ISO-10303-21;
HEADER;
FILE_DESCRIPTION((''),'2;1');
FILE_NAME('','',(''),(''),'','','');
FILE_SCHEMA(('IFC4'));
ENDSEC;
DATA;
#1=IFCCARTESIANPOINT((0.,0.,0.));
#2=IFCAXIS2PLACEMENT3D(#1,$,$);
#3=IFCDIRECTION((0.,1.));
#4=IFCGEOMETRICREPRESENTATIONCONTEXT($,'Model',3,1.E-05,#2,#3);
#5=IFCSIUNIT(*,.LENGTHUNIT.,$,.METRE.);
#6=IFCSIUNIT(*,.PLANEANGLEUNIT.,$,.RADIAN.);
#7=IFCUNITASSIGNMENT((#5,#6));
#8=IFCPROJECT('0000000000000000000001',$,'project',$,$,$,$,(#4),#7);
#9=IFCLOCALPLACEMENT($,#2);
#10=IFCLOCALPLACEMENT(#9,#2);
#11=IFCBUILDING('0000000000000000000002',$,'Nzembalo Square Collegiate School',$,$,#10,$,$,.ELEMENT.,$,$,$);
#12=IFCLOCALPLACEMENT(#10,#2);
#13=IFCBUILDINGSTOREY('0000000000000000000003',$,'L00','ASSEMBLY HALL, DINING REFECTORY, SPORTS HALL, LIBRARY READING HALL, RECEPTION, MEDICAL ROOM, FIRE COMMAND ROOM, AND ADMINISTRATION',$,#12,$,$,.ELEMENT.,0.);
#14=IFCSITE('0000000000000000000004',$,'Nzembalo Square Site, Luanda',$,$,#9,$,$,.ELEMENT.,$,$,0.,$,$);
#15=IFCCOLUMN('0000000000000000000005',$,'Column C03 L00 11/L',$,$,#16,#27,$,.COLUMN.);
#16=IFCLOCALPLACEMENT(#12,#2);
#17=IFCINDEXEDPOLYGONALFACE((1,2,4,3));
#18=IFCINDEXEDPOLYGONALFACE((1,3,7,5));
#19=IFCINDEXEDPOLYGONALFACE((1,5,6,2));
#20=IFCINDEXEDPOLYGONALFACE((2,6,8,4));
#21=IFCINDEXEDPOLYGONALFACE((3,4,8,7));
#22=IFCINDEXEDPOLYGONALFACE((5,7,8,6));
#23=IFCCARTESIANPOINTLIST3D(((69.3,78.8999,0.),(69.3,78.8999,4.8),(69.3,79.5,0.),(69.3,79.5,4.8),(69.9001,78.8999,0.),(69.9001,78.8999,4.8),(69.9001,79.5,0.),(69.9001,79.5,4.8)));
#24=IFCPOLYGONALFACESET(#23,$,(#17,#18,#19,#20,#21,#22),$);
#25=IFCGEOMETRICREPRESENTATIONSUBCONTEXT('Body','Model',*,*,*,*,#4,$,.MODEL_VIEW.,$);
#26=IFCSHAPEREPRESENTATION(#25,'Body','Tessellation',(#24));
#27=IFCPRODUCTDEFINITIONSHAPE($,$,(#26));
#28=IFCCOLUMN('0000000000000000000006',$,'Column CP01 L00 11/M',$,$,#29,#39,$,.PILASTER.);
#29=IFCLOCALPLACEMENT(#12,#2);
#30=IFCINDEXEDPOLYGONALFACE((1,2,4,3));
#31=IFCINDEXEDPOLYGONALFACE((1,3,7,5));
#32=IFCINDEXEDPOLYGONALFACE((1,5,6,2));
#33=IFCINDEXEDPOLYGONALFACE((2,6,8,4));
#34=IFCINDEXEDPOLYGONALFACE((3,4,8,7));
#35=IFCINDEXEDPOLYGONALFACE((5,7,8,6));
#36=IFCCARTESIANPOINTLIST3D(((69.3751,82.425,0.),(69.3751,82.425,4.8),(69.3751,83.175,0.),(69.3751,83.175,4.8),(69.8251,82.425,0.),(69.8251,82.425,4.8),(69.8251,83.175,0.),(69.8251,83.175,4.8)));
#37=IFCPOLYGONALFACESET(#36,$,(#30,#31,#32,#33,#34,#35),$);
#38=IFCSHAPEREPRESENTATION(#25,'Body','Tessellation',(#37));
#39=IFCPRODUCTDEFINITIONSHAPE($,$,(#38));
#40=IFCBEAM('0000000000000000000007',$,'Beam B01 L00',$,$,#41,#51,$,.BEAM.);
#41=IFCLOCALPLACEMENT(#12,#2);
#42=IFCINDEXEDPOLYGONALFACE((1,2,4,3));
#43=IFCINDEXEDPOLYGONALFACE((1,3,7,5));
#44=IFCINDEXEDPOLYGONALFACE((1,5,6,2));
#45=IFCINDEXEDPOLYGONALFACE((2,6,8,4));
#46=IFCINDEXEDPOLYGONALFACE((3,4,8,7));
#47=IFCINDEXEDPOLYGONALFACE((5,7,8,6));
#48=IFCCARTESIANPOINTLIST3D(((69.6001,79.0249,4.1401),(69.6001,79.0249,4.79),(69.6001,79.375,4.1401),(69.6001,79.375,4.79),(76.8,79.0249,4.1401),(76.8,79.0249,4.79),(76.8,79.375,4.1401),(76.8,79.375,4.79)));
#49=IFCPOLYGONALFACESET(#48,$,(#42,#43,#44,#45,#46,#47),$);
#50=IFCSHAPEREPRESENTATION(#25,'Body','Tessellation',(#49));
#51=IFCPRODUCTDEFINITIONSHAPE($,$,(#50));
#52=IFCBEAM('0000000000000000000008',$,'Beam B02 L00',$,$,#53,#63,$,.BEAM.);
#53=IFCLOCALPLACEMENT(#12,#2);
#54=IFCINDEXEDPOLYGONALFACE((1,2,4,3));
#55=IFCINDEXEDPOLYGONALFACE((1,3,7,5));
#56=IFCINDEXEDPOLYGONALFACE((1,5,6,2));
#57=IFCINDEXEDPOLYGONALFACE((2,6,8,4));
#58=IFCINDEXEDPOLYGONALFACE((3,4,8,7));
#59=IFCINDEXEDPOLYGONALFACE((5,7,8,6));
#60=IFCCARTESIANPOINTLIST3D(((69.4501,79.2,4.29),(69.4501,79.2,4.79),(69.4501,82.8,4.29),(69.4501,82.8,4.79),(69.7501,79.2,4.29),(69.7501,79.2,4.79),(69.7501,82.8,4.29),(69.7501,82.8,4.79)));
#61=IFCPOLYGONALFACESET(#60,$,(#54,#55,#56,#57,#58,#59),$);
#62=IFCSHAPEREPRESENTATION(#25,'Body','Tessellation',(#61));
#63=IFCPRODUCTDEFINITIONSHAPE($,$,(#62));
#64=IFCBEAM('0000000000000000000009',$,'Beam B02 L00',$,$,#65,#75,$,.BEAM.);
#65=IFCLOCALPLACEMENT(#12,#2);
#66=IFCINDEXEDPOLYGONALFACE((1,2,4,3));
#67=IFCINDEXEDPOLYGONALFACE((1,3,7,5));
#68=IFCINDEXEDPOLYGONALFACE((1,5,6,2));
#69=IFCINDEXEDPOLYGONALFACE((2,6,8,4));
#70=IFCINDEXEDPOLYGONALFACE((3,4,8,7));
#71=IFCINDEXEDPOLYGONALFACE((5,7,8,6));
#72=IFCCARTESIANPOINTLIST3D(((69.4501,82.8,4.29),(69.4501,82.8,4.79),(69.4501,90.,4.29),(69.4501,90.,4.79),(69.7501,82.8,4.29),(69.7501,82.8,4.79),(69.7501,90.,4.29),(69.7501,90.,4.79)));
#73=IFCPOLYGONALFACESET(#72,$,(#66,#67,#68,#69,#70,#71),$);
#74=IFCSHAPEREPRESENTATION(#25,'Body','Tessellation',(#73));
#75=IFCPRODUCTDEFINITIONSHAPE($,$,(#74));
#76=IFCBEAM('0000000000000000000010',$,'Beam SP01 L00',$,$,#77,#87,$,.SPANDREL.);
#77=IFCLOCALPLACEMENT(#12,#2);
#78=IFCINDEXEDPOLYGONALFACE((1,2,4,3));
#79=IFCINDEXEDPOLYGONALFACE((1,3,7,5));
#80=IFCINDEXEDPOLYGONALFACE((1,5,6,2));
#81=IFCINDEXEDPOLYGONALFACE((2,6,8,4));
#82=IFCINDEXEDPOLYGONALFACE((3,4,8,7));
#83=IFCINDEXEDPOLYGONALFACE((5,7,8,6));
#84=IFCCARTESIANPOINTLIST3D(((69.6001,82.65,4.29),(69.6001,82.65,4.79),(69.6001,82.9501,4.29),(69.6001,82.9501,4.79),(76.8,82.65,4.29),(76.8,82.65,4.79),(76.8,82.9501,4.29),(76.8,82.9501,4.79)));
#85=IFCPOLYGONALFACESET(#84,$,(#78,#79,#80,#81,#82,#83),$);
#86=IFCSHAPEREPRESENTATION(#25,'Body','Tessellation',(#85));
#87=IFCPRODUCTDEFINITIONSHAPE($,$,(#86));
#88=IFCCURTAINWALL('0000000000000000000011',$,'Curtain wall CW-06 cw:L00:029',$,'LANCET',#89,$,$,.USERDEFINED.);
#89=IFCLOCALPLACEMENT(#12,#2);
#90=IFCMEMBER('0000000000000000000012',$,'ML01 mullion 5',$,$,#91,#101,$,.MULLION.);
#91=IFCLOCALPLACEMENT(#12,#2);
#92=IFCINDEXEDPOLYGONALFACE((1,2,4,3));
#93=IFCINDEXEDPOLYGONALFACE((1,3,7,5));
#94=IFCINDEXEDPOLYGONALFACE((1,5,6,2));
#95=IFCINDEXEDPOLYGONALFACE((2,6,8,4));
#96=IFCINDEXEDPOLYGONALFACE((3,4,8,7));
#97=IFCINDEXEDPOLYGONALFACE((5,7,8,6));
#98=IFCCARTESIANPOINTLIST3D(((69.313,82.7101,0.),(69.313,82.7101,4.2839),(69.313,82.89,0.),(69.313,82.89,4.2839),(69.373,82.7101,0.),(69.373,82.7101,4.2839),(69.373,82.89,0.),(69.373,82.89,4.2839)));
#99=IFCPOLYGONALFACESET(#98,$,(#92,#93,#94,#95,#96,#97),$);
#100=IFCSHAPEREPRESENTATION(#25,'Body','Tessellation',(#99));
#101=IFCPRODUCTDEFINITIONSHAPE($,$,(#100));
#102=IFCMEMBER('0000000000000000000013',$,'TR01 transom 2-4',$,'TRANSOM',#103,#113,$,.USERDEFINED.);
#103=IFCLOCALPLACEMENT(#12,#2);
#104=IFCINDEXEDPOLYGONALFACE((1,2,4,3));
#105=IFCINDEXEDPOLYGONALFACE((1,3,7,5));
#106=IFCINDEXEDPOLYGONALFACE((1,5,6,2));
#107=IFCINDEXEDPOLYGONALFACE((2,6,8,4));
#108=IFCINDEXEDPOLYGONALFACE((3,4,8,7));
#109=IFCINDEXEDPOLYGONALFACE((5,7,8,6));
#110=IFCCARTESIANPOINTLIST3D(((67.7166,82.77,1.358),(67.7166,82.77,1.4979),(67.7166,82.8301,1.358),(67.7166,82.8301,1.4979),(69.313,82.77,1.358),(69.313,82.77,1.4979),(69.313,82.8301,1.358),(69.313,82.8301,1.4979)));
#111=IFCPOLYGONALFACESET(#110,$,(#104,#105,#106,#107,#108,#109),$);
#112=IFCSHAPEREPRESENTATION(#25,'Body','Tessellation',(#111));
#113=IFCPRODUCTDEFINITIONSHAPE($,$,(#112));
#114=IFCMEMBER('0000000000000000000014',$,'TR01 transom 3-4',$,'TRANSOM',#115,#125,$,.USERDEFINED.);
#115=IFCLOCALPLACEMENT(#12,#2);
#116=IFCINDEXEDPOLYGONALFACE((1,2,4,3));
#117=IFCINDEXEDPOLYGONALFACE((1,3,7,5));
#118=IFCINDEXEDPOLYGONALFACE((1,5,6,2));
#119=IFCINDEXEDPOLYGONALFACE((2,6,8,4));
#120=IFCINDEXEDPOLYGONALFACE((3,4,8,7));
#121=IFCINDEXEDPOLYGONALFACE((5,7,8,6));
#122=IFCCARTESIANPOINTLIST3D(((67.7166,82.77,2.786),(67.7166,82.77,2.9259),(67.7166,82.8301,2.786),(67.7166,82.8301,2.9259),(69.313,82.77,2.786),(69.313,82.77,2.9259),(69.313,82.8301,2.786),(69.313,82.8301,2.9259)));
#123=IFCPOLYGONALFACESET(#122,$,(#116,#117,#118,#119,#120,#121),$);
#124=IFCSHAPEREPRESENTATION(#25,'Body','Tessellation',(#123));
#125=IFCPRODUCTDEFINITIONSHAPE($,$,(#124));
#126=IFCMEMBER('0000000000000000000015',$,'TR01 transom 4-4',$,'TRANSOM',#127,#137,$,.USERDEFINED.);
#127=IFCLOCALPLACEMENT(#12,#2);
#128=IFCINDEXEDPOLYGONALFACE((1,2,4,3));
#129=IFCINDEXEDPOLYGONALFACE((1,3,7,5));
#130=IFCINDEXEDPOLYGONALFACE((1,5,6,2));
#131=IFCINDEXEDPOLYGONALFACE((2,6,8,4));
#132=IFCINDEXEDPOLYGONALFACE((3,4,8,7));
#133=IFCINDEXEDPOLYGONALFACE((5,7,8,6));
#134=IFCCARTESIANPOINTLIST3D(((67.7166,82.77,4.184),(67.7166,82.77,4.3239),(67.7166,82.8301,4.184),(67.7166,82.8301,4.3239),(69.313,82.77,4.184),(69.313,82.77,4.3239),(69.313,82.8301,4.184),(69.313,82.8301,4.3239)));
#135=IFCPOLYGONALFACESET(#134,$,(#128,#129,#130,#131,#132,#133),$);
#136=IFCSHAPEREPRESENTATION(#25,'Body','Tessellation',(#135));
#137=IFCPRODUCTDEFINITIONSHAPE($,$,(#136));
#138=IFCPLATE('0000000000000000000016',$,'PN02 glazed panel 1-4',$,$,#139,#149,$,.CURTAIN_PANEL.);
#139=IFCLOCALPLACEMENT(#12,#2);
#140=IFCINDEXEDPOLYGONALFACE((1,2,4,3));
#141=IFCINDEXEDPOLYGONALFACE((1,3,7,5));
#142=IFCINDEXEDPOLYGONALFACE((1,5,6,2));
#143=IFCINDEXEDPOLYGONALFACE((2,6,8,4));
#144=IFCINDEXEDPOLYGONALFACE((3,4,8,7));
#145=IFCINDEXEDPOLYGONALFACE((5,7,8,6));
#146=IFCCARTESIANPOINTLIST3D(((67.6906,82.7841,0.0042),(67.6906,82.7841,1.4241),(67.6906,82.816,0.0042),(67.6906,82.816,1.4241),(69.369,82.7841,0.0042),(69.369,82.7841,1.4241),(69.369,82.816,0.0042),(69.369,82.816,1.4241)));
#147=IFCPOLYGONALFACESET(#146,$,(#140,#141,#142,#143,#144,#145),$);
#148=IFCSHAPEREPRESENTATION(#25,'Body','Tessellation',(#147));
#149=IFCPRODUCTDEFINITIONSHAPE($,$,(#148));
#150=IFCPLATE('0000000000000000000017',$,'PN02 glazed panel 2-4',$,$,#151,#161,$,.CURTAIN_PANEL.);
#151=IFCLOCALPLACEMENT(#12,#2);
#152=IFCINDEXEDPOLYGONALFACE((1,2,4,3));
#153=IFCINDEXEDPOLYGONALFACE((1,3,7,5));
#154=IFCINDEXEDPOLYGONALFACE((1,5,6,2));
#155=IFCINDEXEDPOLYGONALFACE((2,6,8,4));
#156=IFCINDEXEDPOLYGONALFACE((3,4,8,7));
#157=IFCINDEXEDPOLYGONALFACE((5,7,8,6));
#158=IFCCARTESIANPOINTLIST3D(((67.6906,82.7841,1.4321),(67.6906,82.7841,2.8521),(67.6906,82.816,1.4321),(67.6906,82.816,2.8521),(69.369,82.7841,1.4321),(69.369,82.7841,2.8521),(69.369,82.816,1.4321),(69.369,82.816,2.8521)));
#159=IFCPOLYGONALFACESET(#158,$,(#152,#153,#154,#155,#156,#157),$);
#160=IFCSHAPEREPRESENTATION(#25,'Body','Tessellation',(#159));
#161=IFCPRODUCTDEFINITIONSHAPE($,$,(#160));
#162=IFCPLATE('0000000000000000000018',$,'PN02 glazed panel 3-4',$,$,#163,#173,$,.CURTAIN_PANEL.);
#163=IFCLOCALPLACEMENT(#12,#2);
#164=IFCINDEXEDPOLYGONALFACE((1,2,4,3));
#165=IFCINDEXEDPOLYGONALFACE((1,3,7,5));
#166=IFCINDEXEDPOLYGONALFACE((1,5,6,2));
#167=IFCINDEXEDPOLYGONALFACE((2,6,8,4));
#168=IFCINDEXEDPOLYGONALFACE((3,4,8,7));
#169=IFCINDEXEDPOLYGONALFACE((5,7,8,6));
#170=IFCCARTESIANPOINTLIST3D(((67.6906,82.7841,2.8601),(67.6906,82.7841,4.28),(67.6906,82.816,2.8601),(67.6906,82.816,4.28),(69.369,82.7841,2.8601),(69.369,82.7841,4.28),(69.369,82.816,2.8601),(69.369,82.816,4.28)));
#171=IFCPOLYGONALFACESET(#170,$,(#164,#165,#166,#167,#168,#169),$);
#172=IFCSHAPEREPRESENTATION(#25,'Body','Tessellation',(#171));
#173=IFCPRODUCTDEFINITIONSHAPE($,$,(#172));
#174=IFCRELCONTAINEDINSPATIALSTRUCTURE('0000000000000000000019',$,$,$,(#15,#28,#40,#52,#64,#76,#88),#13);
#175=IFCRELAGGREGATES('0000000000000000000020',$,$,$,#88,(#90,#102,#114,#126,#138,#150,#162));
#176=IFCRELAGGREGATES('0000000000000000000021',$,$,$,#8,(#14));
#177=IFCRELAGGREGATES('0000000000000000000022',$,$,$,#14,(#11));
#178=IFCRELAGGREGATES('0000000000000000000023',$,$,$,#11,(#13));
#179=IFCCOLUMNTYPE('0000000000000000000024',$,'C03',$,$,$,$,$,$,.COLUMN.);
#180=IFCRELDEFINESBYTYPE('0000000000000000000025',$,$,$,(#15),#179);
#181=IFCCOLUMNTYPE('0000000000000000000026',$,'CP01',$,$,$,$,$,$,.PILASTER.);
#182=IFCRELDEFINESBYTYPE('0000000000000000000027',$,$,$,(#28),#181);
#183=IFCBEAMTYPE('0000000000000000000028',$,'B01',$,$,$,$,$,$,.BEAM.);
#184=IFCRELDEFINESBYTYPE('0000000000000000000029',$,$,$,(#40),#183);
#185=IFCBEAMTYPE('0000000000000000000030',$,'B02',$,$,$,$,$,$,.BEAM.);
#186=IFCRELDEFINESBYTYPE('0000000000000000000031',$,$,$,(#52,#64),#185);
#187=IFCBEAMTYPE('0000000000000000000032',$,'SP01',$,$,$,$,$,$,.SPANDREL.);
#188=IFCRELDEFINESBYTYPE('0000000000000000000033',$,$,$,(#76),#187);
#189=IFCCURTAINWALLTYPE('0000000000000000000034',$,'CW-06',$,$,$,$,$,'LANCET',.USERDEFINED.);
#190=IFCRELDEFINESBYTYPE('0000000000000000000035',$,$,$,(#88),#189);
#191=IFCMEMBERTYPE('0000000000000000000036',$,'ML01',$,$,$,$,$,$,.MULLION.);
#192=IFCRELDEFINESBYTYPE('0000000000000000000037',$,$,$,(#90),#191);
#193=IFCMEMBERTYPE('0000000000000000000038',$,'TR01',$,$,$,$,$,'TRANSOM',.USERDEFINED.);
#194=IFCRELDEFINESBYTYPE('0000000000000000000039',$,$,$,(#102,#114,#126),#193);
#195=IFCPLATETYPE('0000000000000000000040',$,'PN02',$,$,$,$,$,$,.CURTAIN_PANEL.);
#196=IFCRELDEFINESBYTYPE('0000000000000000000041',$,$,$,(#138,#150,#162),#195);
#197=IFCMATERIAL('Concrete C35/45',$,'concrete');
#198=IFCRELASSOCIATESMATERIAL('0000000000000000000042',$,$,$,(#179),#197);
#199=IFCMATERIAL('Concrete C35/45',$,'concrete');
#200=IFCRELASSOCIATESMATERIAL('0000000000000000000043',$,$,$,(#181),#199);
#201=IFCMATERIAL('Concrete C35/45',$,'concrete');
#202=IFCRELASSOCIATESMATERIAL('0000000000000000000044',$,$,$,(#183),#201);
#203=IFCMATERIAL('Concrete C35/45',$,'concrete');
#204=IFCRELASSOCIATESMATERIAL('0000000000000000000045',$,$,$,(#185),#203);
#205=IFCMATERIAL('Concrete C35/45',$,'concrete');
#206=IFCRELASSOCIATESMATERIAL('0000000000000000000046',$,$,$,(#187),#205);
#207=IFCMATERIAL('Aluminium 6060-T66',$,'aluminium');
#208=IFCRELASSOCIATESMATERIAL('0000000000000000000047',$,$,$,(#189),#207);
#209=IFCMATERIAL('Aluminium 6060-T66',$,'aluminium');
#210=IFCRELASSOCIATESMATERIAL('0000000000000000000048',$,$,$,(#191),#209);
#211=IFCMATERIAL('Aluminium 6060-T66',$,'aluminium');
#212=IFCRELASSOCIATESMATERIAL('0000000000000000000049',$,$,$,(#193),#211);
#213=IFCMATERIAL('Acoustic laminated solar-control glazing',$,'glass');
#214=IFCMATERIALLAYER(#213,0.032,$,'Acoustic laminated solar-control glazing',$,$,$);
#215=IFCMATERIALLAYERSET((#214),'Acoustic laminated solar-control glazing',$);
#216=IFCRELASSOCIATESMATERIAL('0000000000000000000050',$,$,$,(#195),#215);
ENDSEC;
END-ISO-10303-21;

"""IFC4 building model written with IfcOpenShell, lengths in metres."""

from ifc_helpers import new_model, si_unit, direction, frame, origin, origin_2d, place, context, subcontext, project, spatial, rectangle, extrude, material, layer, layer_set, material_profile, profile_set, type_object, element, aggregate, save


model = new_model("IFC4")

# Units and contexts
model_context = context("Model", 3, precision=1e-05, world=origin(), true_north=direction((0.0, 1.0)))
body_context = subcontext(model_context, "Body", "Model", "MODEL_VIEW")
ifc_project = project(units=[si_unit("LENGTHUNIT", "METRE"), si_unit("PLANEANGLEUNIT", "RADIAN")], contexts=[model_context])

# Site, building, storey
site_placement = place(None, origin())
site = spatial("IfcSite", under=ifc_project, at=site_placement, Name="Nzembalo Square Site, Luanda", CompositionType="ELEMENT", RefElevation=0.0)
building_placement = place(site_placement, origin())
building = spatial("IfcBuilding", under=site, at=building_placement, Name="Nzembalo Square Collegiate School", CompositionType="ELEMENT")
storey_placement = place(building_placement, origin())
storey = spatial("IfcBuildingStorey", under=building, at=storey_placement, Name="L00", Description="ASSEMBLY HALL, DINING REFECTORY, SPORTS HALL, LIBRARY READING HALL, RECEPTION, MEDICAL ROOM, FIRE COMMAND ROOM, AND ADMINISTRATION", CompositionType="ELEMENT", Elevation=0.0)

# Columns
ifc_material_1 = material(Name="Concrete C35/45", Category="concrete")
ifc_material_profile_1 = material_profile(ifc_material_1, rectangle(XDim=0.6001, YDim=0.6001, at=origin_2d()), Name="RC 600x600")
ifc_profile_set_1 = profile_set([ifc_material_profile_1], Name="Concrete C35/45")
column_type_1 = type_object("IfcColumnType", Name="C03", PredefinedType="COLUMN", material=ifc_profile_set_1)
column_1_placement = place(storey_placement, frame((69.6001, 79.2, 0.0), z_axis=(0.0, 0.0, 1.0), x_axis=(1.0, 0.0, 0.0)))
element("IfcColumn", 1, at=column_1_placement, inside=storey, type_object=column_type_1, Name="Column C03 L00 11/L", PredefinedType="COLUMN", context=body_context, shape_type="SweptSolid", body=[
    extrude(rectangle(XDim=0.6001, YDim=0.6001, at=origin_2d()), origin(), (0.0, 0.0, 1.0), 4.8),
])
ifc_material_2 = material(Name="Concrete C35/45", Category="concrete")
ifc_material_profile_2 = material_profile(ifc_material_2, rectangle(XDim=0.45, YDim=0.75, at=origin_2d()), Name="RC 450x750")
ifc_profile_set_2 = profile_set([ifc_material_profile_2], Name="Concrete C35/45")
column_type_2 = type_object("IfcColumnType", Name="CP01", PredefinedType="PILASTER", material=ifc_profile_set_2)
column_2_placement = place(storey_placement, frame((69.6001, 82.8, 0.0), z_axis=(0.0, 0.0, 1.0), x_axis=(1.0, 0.0, 0.0)))
element("IfcColumn", 2, at=column_2_placement, inside=storey, type_object=column_type_2, Name="Column CP01 L00 11/M", PredefinedType="PILASTER", context=body_context, shape_type="SweptSolid", body=[
    extrude(rectangle(XDim=0.45, YDim=0.75, at=origin_2d()), origin(), (0.0, 0.0, 1.0), 4.8),
])

# Beams
ifc_material_3 = material(Name="Concrete C35/45", Category="concrete")
ifc_material_profile_3 = material_profile(ifc_material_3, rectangle(XDim=0.3501, YDim=0.6499, at=origin_2d()), Name="RC 350x650")
ifc_profile_set_3 = profile_set([ifc_material_profile_3], Name="Concrete C35/45")
beam_type_1 = type_object("IfcBeamType", Name="B01", PredefinedType="BEAM", material=ifc_profile_set_3)
beam_1_placement = place(storey_placement, frame((69.6001, 79.2, 4.4651), z_axis=(1.0, 0.0, 0.0), x_axis=(0.0, 1.0, 0.0)))
element("IfcBeam", 3, at=beam_1_placement, inside=storey, type_object=beam_type_1, Name="Beam B01 L00", PredefinedType="BEAM", context=body_context, shape_type="SweptSolid", body=[
    extrude(rectangle(XDim=0.3501, YDim=0.6499, at=origin_2d()), origin(), (0.0, 0.0, 1.0), 7.2),
])
ifc_material_4 = material(Name="Concrete C35/45", Category="concrete")
ifc_material_profile_4 = material_profile(ifc_material_4, rectangle(XDim=0.3, YDim=0.5, at=origin_2d()), Name="RC 300x500")
ifc_profile_set_4 = profile_set([ifc_material_profile_4], Name="Concrete C35/45")
beam_type_2 = type_object("IfcBeamType", Name="B02", PredefinedType="BEAM", material=ifc_profile_set_4)
beam_2_placement = place(storey_placement, frame((69.6001, 79.2, 4.54), z_axis=(0.0, 1.0, 0.0), x_axis=(-1.0, 0.0, 0.0)))
element("IfcBeam", 4, at=beam_2_placement, inside=storey, type_object=beam_type_2, Name="Beam B02 L00", PredefinedType="BEAM", context=body_context, shape_type="SweptSolid", body=[
    extrude(rectangle(XDim=0.3, YDim=0.5, at=origin_2d()), origin(), (0.0, 0.0, 1.0), 3.6001),
])
beam_3_placement = place(storey_placement, frame((69.6001, 82.8, 4.54), z_axis=(0.0, 1.0, 0.0), x_axis=(-1.0, 0.0, 0.0)))
element("IfcBeam", 5, at=beam_3_placement, inside=storey, type_object=beam_type_2, Name="Beam B02 L00", PredefinedType="BEAM", context=body_context, shape_type="SweptSolid", body=[
    extrude(rectangle(XDim=0.3, YDim=0.5, at=origin_2d()), origin(), (0.0, 0.0, 1.0), 7.2),
])
ifc_material_5 = material(Name="Concrete C35/45", Category="concrete")
ifc_material_profile_5 = material_profile(ifc_material_5, rectangle(XDim=0.3, YDim=0.5, at=origin_2d()), Name="RC 300x500")
ifc_profile_set_5 = profile_set([ifc_material_profile_5], Name="Concrete C35/45")
beam_type_3 = type_object("IfcBeamType", Name="SP01", PredefinedType="SPANDREL", material=ifc_profile_set_5)
beam_4_placement = place(storey_placement, frame((69.6001, 82.8, 4.54), z_axis=(1.0, 0.0, 0.0), x_axis=(0.0, 1.0, 0.0)))
element("IfcBeam", 6, at=beam_4_placement, inside=storey, type_object=beam_type_3, Name="Beam SP01 L00", PredefinedType="SPANDREL", context=body_context, shape_type="SweptSolid", body=[
    extrude(rectangle(XDim=0.3, YDim=0.5, at=origin_2d()), origin(), (0.0, 0.0, 1.0), 7.2),
])

# Curtain wall, members, plates
ifc_material_6 = material(Name="Aluminium 6060-T66", Category="aluminium")
curtain_wall_type = type_object("IfcCurtainWallType", Name="CW-06", ElementType="LANCET", PredefinedType="USERDEFINED", material=ifc_material_6)
curtain_wall_placement = place(storey_placement, origin())
curtain_wall = element("IfcCurtainWall", 7, at=curtain_wall_placement, inside=storey, type_object=curtain_wall_type, Name="Curtain wall CW-06 cw:L00:029", ObjectType="LANCET", PredefinedType="USERDEFINED")
ifc_material_7 = material(Name="Aluminium 6060-T66", Category="aluminium")
ifc_material_profile_6 = material_profile(ifc_material_7, rectangle(XDim=0.0601, YDim=0.1799, at=origin_2d()), Name="ALU M60x180")
ifc_profile_set_6 = profile_set([ifc_material_profile_6], Name="Aluminium 6060-T66")
member_type_1 = type_object("IfcMemberType", Name="ML01", PredefinedType="MULLION", material=ifc_profile_set_6)
member_1_placement = place(storey_placement, frame((69.343, 82.8, 0.0), z_axis=(0.0, 0.0, 1.0), x_axis=(1.0, 0.0, 0.0)))
member_1 = element("IfcMember", 8, at=member_1_placement, type_object=member_type_1, Name="ML01 mullion 5", PredefinedType="MULLION", context=body_context, shape_type="SweptSolid", body=[
    extrude(rectangle(XDim=0.0601, YDim=0.1799, at=origin_2d()), origin(), (0.0, 0.0, 1.0), 4.2839),
])
ifc_material_8 = material(Name="Aluminium 6060-T66", Category="aluminium")
ifc_material_profile_7 = material_profile(ifc_material_8, rectangle(XDim=0.0601, YDim=0.1399, at=origin_2d()), Name="ALU T60x140")
ifc_profile_set_7 = profile_set([ifc_material_profile_7], Name="Aluminium 6060-T66")
member_type_2 = type_object("IfcMemberType", Name="TR01", ElementType="TRANSOM", PredefinedType="USERDEFINED", material=ifc_profile_set_7)
member_2_placement = place(storey_placement, frame((67.7166, 82.8, 1.428), z_axis=(1.0, 0.0, 0.0), x_axis=(0.0, 1.0, 0.0)))
member_2 = element("IfcMember", 9, at=member_2_placement, type_object=member_type_2, Name="TR01 transom 2-4", ObjectType="TRANSOM", PredefinedType="USERDEFINED", context=body_context, shape_type="SweptSolid", body=[
    extrude(rectangle(XDim=0.0601, YDim=0.1399, at=origin_2d()), origin(), (0.0, 0.0, 1.0), 1.5964),
])
member_3_placement = place(storey_placement, frame((67.7166, 82.8, 2.856), z_axis=(1.0, 0.0, 0.0), x_axis=(0.0, 1.0, 0.0)))
member_3 = element("IfcMember", 10, at=member_3_placement, type_object=member_type_2, Name="TR01 transom 3-4", ObjectType="TRANSOM", PredefinedType="USERDEFINED", context=body_context, shape_type="SweptSolid", body=[
    extrude(rectangle(XDim=0.0601, YDim=0.1399, at=origin_2d()), origin(), (0.0, 0.0, 1.0), 1.5964),
])
member_4_placement = place(storey_placement, frame((67.7166, 82.8, 4.2539), z_axis=(1.0, 0.0, 0.0), x_axis=(0.0, 1.0, 0.0)))
member_4 = element("IfcMember", 11, at=member_4_placement, type_object=member_type_2, Name="TR01 transom 4-4", ObjectType="TRANSOM", PredefinedType="USERDEFINED", context=body_context, shape_type="SweptSolid", body=[
    extrude(rectangle(XDim=0.0601, YDim=0.1399, at=origin_2d()), origin(), (0.0, 0.0, 1.0), 1.5964),
])
ifc_material_9 = material(Name="Acoustic laminated solar-control glazing", Category="glass")
ifc_layer_1 = layer(ifc_material_9, 0.032, Name="Acoustic laminated solar-control glazing")
ifc_layer_set_1 = layer_set([ifc_layer_1], Name="Acoustic laminated solar-control glazing")
plate_type = type_object("IfcPlateType", Name="PN02", PredefinedType="CURTAIN_PANEL", material=ifc_layer_set_1)
plate_1_placement = place(storey_placement, frame((68.5298, 82.8, 0.0042), z_axis=(0.0, 0.0, 1.0), x_axis=(1.0, 0.0, 0.0)))
plate_1 = element("IfcPlate", 12, at=plate_1_placement, type_object=plate_type, Name="PN02 glazed panel 1-4", PredefinedType="CURTAIN_PANEL", context=body_context, shape_type="SweptSolid", body=[
    extrude(rectangle(XDim=1.6785, YDim=0.032, at=origin_2d()), origin(), (0.0, 0.0, 1.0), 1.4199),
])
plate_2_placement = place(storey_placement, frame((68.5298, 82.8, 1.4321), z_axis=(0.0, 0.0, 1.0), x_axis=(1.0, 0.0, 0.0)))
plate_2 = element("IfcPlate", 13, at=plate_2_placement, type_object=plate_type, Name="PN02 glazed panel 2-4", PredefinedType="CURTAIN_PANEL", context=body_context, shape_type="SweptSolid", body=[
    extrude(rectangle(XDim=1.6785, YDim=0.032, at=origin_2d()), origin(), (0.0, 0.0, 1.0), 1.4199),
])
plate_3_placement = place(storey_placement, frame((68.5298, 82.8, 2.8601), z_axis=(0.0, 0.0, 1.0), x_axis=(1.0, 0.0, 0.0)))
plate_3 = element("IfcPlate", 14, at=plate_3_placement, type_object=plate_type, Name="PN02 glazed panel 3-4", PredefinedType="CURTAIN_PANEL", context=body_context, shape_type="SweptSolid", body=[
    extrude(rectangle(XDim=1.6785, YDim=0.032, at=origin_2d()), origin(), (0.0, 0.0, 1.0), 1.4199),
])
aggregate(curtain_wall, [member_1, member_2, member_3, member_4, plate_1, plate_2, plate_3])

save(model, "model.ifc")
